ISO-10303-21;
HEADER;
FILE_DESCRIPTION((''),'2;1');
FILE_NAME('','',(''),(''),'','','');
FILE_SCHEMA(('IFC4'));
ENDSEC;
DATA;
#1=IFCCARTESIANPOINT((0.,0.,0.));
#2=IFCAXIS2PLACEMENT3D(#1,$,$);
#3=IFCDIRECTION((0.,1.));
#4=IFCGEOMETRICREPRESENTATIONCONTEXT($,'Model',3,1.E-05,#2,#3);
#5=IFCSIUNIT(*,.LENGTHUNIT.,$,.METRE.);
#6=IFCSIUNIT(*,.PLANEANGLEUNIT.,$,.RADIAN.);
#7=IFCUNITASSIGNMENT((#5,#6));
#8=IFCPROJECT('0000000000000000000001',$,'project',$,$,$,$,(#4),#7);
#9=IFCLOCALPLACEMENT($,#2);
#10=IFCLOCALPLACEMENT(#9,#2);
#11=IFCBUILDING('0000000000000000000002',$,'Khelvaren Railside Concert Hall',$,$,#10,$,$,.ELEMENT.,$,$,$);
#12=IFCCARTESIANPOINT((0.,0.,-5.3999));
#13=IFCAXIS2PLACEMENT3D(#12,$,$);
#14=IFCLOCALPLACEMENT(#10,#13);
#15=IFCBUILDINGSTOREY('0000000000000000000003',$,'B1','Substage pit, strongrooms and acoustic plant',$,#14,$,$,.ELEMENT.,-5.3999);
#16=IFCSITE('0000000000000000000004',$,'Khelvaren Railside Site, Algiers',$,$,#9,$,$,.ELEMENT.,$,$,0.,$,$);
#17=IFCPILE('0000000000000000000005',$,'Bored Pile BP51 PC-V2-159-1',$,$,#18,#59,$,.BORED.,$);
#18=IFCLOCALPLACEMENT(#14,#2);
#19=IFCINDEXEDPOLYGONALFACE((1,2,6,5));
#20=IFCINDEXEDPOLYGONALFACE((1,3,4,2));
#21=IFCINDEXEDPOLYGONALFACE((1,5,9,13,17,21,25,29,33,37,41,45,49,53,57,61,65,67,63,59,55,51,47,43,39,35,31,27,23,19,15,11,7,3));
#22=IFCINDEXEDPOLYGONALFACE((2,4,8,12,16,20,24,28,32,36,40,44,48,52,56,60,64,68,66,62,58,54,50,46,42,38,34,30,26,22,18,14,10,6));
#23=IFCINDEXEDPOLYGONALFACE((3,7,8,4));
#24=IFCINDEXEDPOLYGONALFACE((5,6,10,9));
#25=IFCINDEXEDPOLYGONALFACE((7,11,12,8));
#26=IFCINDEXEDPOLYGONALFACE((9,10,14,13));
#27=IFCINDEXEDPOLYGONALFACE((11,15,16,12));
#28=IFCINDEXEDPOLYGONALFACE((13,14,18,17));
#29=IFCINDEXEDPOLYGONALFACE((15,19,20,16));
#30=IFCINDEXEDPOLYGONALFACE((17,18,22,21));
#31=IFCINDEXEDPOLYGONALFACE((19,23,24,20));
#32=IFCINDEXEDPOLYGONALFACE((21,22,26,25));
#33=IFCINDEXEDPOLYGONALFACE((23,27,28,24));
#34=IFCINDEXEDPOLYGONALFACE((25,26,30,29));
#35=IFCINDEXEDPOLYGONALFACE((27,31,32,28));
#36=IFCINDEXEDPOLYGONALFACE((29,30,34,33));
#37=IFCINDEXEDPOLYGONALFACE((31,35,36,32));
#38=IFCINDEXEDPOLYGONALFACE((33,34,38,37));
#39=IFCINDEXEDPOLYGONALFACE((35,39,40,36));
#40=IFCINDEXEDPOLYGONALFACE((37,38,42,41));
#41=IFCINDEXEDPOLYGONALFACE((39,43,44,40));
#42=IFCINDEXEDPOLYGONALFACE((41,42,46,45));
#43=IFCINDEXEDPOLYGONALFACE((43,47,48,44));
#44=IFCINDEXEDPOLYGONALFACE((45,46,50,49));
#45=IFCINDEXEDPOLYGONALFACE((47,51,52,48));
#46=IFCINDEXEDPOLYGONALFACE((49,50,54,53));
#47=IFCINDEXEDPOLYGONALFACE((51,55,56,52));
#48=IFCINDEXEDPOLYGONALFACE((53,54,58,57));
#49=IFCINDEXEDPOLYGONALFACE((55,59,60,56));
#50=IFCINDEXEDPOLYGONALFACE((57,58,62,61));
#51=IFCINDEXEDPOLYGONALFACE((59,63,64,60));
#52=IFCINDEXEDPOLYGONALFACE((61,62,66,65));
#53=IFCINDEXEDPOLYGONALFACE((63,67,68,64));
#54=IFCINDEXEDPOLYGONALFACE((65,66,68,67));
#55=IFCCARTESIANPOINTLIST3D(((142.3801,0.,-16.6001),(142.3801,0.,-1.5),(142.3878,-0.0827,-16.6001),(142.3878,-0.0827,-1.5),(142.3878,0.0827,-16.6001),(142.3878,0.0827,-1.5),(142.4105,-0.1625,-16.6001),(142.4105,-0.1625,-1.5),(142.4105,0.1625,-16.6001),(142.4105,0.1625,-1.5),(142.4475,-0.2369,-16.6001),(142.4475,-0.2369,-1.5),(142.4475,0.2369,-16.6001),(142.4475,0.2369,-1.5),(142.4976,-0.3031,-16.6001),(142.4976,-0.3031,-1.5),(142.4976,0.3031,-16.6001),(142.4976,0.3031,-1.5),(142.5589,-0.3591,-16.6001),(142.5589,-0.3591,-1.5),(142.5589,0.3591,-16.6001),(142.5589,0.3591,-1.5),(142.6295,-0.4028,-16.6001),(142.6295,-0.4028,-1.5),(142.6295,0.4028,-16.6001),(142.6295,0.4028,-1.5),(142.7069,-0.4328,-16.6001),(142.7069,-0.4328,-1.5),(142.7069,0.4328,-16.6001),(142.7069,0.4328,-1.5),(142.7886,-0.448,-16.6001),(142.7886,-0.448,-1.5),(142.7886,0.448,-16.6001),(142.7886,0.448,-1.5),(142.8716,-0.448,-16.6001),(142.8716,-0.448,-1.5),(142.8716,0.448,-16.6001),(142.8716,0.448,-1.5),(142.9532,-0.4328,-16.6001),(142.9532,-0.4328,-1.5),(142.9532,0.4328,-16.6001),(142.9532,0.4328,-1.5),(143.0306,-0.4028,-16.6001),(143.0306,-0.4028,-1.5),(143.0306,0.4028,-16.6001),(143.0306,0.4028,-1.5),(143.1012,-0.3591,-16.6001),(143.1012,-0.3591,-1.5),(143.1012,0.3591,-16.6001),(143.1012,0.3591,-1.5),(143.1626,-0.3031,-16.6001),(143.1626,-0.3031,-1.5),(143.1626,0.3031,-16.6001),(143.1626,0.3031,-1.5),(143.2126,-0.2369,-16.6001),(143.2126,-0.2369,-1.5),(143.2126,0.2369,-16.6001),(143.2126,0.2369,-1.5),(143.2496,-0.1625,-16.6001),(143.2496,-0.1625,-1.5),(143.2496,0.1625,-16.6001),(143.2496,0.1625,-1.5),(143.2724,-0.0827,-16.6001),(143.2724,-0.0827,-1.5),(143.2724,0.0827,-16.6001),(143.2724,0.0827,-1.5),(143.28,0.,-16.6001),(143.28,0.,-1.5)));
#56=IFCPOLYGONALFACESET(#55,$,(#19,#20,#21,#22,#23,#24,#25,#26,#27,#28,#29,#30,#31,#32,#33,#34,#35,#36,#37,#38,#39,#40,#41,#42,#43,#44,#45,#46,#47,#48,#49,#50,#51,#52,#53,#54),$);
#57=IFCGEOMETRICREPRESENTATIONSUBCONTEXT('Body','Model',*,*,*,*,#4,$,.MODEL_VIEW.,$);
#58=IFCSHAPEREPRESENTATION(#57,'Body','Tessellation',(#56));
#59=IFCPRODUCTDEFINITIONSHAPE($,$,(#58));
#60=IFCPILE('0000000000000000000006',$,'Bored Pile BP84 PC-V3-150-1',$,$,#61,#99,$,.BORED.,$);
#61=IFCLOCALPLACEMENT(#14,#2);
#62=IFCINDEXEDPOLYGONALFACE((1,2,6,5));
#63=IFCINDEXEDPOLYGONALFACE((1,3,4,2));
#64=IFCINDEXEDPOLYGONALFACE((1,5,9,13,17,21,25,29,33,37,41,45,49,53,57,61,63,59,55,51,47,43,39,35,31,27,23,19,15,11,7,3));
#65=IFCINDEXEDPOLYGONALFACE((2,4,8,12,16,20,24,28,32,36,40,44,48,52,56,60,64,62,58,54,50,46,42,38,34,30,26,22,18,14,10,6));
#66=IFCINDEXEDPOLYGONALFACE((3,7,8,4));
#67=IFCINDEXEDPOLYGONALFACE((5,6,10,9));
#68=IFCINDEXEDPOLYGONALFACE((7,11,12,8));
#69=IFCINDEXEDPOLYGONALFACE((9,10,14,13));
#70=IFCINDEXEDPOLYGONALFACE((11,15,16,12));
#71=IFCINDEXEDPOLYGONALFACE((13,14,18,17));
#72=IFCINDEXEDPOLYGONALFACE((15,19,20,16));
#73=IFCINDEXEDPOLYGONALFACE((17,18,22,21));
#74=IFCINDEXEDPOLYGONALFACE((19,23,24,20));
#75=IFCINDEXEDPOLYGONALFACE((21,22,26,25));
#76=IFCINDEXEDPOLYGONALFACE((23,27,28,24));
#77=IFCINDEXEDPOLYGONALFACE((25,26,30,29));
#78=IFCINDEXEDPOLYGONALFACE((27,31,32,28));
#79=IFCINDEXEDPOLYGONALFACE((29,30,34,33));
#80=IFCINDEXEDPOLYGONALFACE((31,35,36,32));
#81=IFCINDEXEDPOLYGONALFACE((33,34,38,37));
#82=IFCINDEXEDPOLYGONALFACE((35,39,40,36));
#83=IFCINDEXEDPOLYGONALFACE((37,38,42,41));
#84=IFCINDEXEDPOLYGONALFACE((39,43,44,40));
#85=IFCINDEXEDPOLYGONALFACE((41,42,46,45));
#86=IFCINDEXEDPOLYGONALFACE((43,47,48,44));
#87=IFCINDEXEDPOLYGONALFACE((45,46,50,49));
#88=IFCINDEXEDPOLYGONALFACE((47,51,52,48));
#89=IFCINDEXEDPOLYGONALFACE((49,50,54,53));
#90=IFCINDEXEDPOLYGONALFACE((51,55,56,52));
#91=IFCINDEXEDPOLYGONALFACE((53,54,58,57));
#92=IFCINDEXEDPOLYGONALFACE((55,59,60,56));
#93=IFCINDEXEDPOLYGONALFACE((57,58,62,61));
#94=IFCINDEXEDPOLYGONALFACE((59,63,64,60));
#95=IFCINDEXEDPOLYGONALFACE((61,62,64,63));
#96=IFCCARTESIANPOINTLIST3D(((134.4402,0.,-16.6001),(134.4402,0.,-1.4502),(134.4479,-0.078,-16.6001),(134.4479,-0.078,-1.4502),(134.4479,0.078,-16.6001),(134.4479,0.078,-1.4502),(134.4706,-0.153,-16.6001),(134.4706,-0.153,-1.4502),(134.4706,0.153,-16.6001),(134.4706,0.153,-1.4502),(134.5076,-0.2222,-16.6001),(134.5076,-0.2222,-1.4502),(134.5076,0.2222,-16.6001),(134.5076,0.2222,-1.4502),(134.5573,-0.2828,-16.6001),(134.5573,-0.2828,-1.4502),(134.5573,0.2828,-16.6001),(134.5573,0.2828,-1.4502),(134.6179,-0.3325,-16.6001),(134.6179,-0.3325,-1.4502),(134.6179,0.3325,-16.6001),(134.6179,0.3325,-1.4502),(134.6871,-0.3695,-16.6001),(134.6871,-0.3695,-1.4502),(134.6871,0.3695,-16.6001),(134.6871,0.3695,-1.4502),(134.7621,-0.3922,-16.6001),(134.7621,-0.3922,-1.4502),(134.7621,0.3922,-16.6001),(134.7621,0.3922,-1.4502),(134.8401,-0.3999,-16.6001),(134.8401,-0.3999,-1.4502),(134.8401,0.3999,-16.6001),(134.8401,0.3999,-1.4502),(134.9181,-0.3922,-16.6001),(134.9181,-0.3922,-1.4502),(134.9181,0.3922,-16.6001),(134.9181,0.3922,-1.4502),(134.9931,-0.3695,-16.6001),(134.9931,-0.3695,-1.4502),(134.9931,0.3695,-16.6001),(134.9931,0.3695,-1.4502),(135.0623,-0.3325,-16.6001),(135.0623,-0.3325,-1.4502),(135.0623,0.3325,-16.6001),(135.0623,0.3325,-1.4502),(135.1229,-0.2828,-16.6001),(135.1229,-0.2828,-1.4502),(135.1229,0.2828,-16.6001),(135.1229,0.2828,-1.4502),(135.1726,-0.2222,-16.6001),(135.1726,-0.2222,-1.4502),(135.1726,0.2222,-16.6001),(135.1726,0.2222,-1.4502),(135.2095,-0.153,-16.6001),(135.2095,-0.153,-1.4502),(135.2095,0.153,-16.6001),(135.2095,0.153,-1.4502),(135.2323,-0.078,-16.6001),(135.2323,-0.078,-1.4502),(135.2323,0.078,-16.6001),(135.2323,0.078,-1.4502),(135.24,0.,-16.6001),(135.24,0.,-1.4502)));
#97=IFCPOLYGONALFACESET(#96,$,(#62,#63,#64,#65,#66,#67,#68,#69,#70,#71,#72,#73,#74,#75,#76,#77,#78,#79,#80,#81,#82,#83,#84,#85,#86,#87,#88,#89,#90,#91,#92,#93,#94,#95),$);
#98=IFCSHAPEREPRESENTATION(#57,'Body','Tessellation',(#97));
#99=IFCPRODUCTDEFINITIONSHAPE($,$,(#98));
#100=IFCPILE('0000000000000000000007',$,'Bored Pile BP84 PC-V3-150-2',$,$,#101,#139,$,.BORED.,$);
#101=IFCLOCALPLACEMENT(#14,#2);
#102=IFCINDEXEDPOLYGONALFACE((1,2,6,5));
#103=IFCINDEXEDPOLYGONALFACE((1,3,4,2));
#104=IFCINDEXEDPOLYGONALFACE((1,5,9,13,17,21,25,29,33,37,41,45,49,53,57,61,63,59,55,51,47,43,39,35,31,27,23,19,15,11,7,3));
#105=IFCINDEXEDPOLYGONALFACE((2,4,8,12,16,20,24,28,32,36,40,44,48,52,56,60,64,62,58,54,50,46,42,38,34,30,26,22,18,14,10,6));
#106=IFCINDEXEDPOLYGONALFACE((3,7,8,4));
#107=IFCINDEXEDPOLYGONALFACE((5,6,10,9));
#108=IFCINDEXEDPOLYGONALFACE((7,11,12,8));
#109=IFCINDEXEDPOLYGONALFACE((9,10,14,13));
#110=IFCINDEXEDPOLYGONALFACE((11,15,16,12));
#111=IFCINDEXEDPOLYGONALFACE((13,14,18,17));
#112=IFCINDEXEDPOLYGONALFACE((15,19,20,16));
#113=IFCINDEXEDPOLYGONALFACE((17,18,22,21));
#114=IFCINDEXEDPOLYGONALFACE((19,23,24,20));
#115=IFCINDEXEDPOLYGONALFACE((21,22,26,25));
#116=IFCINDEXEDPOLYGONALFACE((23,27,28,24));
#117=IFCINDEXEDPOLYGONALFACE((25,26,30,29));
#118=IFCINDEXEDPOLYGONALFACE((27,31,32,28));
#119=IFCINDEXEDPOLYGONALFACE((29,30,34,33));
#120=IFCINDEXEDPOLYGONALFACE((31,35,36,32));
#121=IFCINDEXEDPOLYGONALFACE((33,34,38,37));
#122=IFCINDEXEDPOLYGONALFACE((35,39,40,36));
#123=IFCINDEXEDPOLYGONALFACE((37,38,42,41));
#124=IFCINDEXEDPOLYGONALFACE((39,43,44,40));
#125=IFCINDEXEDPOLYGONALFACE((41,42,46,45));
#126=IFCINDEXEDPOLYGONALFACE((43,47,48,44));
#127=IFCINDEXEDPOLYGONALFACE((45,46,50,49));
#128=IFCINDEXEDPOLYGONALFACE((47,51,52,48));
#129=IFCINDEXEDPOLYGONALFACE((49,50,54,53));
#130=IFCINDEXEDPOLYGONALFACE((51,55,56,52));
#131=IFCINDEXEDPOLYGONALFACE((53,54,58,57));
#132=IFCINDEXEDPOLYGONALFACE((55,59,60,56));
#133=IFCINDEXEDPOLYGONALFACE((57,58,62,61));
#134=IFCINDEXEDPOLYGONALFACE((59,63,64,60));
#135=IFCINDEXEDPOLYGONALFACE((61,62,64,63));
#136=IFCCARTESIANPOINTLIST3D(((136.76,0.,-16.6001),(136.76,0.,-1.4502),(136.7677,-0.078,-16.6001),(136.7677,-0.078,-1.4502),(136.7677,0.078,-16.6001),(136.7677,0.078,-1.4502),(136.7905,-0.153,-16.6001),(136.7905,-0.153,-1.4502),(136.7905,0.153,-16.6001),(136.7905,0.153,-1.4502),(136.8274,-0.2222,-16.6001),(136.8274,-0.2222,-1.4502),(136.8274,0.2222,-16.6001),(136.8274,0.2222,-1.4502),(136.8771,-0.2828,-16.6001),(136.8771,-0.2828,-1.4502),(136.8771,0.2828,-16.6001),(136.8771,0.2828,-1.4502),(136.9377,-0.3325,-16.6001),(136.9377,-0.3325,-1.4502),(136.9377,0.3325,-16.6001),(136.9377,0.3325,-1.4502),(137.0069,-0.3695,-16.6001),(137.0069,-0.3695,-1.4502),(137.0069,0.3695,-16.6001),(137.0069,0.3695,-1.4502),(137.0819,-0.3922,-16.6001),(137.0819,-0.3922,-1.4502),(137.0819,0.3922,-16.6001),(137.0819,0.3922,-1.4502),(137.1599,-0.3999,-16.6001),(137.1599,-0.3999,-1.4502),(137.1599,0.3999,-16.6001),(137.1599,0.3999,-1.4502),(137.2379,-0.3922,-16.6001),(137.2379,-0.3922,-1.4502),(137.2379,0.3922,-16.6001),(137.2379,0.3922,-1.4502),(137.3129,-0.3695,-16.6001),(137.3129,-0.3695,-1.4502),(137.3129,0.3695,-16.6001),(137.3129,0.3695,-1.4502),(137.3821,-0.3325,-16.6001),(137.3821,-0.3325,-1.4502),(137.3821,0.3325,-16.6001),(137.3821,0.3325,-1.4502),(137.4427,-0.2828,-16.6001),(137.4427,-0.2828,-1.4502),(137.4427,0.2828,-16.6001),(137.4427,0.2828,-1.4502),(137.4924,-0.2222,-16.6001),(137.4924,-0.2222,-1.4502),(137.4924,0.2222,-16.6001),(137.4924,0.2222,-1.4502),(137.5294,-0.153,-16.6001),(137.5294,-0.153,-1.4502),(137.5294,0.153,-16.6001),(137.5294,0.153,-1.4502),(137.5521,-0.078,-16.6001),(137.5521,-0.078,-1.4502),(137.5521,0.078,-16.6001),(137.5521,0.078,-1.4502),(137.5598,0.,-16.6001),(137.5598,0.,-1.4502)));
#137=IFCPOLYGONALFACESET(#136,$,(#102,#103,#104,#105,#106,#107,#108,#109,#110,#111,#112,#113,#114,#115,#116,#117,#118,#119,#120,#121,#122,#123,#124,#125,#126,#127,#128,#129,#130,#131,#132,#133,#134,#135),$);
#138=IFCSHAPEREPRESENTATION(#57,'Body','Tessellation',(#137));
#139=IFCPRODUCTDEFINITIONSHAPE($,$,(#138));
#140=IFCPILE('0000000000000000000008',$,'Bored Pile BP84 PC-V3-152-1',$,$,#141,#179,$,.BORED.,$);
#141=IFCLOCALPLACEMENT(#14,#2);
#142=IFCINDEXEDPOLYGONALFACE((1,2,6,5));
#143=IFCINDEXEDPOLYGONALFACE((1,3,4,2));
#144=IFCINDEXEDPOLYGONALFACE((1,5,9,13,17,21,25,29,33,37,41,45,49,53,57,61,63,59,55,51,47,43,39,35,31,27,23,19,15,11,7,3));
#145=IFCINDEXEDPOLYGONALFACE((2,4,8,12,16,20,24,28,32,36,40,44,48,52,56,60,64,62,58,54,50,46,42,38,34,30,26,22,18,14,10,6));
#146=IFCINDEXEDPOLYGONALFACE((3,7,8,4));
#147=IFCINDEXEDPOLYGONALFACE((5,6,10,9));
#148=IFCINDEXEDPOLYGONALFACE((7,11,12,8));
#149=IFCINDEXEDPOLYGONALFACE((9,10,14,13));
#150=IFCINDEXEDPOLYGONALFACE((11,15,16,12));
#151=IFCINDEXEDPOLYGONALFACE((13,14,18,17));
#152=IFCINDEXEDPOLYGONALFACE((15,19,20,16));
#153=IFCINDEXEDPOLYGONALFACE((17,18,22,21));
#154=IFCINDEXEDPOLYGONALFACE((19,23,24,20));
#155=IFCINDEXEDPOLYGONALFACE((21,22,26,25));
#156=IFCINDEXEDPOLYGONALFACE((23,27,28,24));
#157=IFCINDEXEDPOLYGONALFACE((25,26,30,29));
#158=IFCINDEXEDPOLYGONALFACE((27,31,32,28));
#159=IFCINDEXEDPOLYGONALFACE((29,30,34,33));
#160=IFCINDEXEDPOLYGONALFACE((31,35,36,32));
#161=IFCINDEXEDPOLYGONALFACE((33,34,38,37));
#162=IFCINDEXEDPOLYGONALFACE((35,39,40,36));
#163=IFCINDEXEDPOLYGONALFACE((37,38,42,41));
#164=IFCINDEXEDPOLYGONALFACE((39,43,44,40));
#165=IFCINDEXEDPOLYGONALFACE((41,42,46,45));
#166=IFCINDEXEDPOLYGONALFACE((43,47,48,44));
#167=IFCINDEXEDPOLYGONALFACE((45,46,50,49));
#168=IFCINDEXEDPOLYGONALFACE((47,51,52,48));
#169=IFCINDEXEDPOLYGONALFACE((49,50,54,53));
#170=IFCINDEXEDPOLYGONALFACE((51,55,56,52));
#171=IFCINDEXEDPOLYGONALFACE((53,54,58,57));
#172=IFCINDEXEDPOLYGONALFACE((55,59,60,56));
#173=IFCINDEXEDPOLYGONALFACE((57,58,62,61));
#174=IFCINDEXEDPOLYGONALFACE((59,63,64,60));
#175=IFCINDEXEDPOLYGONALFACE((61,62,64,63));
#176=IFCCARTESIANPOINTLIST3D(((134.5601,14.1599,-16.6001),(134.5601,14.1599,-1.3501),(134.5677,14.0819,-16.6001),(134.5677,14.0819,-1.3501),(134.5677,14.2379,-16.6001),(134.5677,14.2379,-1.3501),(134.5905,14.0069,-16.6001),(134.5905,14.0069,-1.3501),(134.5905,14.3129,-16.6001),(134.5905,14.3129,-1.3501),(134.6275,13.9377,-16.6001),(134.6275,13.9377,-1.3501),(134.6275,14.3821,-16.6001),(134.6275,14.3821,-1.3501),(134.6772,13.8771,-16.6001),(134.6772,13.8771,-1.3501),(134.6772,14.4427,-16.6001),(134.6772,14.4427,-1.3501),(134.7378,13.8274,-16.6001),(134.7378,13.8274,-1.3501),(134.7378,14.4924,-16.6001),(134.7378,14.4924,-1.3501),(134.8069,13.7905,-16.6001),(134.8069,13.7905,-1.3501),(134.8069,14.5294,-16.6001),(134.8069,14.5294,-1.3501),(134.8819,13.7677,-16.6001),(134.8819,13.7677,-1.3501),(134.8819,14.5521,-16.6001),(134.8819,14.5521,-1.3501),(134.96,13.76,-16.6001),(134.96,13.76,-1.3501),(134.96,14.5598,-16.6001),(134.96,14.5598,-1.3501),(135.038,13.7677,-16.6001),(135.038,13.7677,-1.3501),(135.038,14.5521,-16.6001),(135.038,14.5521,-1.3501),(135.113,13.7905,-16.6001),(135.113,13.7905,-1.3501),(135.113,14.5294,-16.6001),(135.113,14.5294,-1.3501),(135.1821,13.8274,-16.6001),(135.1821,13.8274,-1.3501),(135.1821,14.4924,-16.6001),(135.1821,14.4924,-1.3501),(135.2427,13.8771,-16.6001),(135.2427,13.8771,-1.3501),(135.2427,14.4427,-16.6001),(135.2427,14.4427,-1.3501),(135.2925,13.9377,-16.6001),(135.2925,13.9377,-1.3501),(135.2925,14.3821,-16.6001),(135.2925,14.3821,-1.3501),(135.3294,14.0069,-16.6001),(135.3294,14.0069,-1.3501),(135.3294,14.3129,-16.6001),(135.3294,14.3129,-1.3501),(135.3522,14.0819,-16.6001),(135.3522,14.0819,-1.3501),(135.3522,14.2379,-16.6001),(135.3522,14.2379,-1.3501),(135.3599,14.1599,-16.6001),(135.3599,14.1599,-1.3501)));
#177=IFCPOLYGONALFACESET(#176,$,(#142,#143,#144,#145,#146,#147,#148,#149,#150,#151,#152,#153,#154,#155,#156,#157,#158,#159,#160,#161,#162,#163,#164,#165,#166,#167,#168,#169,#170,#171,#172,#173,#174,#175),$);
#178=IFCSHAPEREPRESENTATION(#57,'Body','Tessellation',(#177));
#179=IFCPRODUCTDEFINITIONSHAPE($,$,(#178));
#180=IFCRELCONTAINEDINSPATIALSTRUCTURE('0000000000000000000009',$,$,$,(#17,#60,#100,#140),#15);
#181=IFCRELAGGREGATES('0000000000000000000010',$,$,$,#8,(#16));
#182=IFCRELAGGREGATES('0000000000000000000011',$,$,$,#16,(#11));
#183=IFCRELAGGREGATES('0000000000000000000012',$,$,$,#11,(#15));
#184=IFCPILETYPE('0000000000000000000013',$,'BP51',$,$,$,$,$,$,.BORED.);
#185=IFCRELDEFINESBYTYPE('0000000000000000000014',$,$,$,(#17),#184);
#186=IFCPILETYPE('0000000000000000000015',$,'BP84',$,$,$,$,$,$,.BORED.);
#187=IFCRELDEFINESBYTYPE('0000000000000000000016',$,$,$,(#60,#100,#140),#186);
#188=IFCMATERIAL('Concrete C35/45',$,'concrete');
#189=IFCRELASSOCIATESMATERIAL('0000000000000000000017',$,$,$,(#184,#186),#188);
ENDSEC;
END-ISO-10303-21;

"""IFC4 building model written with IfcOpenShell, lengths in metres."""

from ifc_helpers import new_model, si_unit, direction, frame, origin, origin_2d, place, context, subcontext, project, spatial, circle, extrude, material, material_profile, profile_set, type_object, element, save


model = new_model("IFC4")

# Units and contexts
model_context = context("Model", 3, precision=1e-05, world=origin(), true_north=direction((0.0, 1.0)))
body_context = subcontext(model_context, "Body", "Model", "MODEL_VIEW")
ifc_project = project(units=[si_unit("LENGTHUNIT", "METRE"), si_unit("PLANEANGLEUNIT", "RADIAN")], contexts=[model_context])

# Site, building, storey
site_placement = place(None, origin())
site = spatial("IfcSite", under=ifc_project, at=site_placement, Name="Khelvaren Railside Site, Algiers", CompositionType="ELEMENT", RefElevation=0.0)
building_placement = place(site_placement, origin())
building = spatial("IfcBuilding", under=site, at=building_placement, Name="Khelvaren Railside Concert Hall", CompositionType="ELEMENT")
storey_placement = place(building_placement, frame((0.0, 0.0, -5.3999)))
storey = spatial("IfcBuildingStorey", under=building, at=storey_placement, Name="B1", Description="Substage pit, strongrooms and acoustic plant", CompositionType="ELEMENT", Elevation=-5.3999)

# Piles
ifc_material_1 = material(Name="Concrete C35/45", Category="concrete")
ifc_material_profile_1 = material_profile(ifc_material_1, circle(Radius=0.45, at=origin_2d()), Name="BP D900")
ifc_profile_set_1 = profile_set([ifc_material_profile_1], Name="Concrete C35/45")
pile_type_1 = type_object("IfcPileType", Name="BP51", PredefinedType="BORED", material=ifc_profile_set_1)
for number, where, z_axis, x_axis, name in (
    (1, (142.8301, 0.0, -1.5), (0.0, 0.0, -1.0), (1.0, 0.0, 0.0), "Bored Pile BP51 PC-V2-159-1"),
):
    element("IfcPile", number, at=place(storey_placement, frame(where, z_axis=z_axis, x_axis=x_axis)), inside=storey, type_object=pile_type_1, Name=name, PredefinedType="BORED", context=body_context, shape_type="SweptSolid", body=[
        extrude(circle(Radius=0.45, at=origin_2d()), origin(), (0.0, 0.0, 1.0), 15.1001),
    ])
ifc_material_profile_2 = material_profile(ifc_material_1, circle(Radius=0.3999, at=origin_2d()), Name="BP D800")
ifc_profile_set_2 = profile_set([ifc_material_profile_2], Name="Concrete C35/45")
pile_type_2 = type_object("IfcPileType", Name="BP84", PredefinedType="BORED", material=ifc_profile_set_2)
for number, where, z_axis, x_axis, name in (
    (2, (134.8401, 0.0, -1.4502), (0.0, 0.0, -1.0), (1.0, 0.0, 0.0), "Bored Pile BP84 PC-V3-150-1"),
    (3, (137.1599, 0.0, -1.4502), (0.0, 0.0, -1.0), (1.0, 0.0, 0.0), "Bored Pile BP84 PC-V3-150-2"),
):
    element("IfcPile", number, at=place(storey_placement, frame(where, z_axis=z_axis, x_axis=x_axis)), inside=storey, type_object=pile_type_2, Name=name, PredefinedType="BORED", context=body_context, shape_type="SweptSolid", body=[
        extrude(circle(Radius=0.3999, at=origin_2d()), origin(), (0.0, 0.0, 1.0), 15.1499),
    ])
for number, where, z_axis, x_axis, name in (
    (4, (134.96, 14.1599, -1.3501), (0.0, 0.0, -1.0), (1.0, 0.0, 0.0), "Bored Pile BP84 PC-V3-152-1"),
):
    element("IfcPile", number, at=place(storey_placement, frame(where, z_axis=z_axis, x_axis=x_axis)), inside=storey, type_object=pile_type_2, Name=name, PredefinedType="BORED", context=body_context, shape_type="SweptSolid", body=[
        extrude(circle(Radius=0.3999, at=origin_2d()), origin(), (0.0, 0.0, 1.0), 15.25),
    ])

save(model, "model.ifc")
